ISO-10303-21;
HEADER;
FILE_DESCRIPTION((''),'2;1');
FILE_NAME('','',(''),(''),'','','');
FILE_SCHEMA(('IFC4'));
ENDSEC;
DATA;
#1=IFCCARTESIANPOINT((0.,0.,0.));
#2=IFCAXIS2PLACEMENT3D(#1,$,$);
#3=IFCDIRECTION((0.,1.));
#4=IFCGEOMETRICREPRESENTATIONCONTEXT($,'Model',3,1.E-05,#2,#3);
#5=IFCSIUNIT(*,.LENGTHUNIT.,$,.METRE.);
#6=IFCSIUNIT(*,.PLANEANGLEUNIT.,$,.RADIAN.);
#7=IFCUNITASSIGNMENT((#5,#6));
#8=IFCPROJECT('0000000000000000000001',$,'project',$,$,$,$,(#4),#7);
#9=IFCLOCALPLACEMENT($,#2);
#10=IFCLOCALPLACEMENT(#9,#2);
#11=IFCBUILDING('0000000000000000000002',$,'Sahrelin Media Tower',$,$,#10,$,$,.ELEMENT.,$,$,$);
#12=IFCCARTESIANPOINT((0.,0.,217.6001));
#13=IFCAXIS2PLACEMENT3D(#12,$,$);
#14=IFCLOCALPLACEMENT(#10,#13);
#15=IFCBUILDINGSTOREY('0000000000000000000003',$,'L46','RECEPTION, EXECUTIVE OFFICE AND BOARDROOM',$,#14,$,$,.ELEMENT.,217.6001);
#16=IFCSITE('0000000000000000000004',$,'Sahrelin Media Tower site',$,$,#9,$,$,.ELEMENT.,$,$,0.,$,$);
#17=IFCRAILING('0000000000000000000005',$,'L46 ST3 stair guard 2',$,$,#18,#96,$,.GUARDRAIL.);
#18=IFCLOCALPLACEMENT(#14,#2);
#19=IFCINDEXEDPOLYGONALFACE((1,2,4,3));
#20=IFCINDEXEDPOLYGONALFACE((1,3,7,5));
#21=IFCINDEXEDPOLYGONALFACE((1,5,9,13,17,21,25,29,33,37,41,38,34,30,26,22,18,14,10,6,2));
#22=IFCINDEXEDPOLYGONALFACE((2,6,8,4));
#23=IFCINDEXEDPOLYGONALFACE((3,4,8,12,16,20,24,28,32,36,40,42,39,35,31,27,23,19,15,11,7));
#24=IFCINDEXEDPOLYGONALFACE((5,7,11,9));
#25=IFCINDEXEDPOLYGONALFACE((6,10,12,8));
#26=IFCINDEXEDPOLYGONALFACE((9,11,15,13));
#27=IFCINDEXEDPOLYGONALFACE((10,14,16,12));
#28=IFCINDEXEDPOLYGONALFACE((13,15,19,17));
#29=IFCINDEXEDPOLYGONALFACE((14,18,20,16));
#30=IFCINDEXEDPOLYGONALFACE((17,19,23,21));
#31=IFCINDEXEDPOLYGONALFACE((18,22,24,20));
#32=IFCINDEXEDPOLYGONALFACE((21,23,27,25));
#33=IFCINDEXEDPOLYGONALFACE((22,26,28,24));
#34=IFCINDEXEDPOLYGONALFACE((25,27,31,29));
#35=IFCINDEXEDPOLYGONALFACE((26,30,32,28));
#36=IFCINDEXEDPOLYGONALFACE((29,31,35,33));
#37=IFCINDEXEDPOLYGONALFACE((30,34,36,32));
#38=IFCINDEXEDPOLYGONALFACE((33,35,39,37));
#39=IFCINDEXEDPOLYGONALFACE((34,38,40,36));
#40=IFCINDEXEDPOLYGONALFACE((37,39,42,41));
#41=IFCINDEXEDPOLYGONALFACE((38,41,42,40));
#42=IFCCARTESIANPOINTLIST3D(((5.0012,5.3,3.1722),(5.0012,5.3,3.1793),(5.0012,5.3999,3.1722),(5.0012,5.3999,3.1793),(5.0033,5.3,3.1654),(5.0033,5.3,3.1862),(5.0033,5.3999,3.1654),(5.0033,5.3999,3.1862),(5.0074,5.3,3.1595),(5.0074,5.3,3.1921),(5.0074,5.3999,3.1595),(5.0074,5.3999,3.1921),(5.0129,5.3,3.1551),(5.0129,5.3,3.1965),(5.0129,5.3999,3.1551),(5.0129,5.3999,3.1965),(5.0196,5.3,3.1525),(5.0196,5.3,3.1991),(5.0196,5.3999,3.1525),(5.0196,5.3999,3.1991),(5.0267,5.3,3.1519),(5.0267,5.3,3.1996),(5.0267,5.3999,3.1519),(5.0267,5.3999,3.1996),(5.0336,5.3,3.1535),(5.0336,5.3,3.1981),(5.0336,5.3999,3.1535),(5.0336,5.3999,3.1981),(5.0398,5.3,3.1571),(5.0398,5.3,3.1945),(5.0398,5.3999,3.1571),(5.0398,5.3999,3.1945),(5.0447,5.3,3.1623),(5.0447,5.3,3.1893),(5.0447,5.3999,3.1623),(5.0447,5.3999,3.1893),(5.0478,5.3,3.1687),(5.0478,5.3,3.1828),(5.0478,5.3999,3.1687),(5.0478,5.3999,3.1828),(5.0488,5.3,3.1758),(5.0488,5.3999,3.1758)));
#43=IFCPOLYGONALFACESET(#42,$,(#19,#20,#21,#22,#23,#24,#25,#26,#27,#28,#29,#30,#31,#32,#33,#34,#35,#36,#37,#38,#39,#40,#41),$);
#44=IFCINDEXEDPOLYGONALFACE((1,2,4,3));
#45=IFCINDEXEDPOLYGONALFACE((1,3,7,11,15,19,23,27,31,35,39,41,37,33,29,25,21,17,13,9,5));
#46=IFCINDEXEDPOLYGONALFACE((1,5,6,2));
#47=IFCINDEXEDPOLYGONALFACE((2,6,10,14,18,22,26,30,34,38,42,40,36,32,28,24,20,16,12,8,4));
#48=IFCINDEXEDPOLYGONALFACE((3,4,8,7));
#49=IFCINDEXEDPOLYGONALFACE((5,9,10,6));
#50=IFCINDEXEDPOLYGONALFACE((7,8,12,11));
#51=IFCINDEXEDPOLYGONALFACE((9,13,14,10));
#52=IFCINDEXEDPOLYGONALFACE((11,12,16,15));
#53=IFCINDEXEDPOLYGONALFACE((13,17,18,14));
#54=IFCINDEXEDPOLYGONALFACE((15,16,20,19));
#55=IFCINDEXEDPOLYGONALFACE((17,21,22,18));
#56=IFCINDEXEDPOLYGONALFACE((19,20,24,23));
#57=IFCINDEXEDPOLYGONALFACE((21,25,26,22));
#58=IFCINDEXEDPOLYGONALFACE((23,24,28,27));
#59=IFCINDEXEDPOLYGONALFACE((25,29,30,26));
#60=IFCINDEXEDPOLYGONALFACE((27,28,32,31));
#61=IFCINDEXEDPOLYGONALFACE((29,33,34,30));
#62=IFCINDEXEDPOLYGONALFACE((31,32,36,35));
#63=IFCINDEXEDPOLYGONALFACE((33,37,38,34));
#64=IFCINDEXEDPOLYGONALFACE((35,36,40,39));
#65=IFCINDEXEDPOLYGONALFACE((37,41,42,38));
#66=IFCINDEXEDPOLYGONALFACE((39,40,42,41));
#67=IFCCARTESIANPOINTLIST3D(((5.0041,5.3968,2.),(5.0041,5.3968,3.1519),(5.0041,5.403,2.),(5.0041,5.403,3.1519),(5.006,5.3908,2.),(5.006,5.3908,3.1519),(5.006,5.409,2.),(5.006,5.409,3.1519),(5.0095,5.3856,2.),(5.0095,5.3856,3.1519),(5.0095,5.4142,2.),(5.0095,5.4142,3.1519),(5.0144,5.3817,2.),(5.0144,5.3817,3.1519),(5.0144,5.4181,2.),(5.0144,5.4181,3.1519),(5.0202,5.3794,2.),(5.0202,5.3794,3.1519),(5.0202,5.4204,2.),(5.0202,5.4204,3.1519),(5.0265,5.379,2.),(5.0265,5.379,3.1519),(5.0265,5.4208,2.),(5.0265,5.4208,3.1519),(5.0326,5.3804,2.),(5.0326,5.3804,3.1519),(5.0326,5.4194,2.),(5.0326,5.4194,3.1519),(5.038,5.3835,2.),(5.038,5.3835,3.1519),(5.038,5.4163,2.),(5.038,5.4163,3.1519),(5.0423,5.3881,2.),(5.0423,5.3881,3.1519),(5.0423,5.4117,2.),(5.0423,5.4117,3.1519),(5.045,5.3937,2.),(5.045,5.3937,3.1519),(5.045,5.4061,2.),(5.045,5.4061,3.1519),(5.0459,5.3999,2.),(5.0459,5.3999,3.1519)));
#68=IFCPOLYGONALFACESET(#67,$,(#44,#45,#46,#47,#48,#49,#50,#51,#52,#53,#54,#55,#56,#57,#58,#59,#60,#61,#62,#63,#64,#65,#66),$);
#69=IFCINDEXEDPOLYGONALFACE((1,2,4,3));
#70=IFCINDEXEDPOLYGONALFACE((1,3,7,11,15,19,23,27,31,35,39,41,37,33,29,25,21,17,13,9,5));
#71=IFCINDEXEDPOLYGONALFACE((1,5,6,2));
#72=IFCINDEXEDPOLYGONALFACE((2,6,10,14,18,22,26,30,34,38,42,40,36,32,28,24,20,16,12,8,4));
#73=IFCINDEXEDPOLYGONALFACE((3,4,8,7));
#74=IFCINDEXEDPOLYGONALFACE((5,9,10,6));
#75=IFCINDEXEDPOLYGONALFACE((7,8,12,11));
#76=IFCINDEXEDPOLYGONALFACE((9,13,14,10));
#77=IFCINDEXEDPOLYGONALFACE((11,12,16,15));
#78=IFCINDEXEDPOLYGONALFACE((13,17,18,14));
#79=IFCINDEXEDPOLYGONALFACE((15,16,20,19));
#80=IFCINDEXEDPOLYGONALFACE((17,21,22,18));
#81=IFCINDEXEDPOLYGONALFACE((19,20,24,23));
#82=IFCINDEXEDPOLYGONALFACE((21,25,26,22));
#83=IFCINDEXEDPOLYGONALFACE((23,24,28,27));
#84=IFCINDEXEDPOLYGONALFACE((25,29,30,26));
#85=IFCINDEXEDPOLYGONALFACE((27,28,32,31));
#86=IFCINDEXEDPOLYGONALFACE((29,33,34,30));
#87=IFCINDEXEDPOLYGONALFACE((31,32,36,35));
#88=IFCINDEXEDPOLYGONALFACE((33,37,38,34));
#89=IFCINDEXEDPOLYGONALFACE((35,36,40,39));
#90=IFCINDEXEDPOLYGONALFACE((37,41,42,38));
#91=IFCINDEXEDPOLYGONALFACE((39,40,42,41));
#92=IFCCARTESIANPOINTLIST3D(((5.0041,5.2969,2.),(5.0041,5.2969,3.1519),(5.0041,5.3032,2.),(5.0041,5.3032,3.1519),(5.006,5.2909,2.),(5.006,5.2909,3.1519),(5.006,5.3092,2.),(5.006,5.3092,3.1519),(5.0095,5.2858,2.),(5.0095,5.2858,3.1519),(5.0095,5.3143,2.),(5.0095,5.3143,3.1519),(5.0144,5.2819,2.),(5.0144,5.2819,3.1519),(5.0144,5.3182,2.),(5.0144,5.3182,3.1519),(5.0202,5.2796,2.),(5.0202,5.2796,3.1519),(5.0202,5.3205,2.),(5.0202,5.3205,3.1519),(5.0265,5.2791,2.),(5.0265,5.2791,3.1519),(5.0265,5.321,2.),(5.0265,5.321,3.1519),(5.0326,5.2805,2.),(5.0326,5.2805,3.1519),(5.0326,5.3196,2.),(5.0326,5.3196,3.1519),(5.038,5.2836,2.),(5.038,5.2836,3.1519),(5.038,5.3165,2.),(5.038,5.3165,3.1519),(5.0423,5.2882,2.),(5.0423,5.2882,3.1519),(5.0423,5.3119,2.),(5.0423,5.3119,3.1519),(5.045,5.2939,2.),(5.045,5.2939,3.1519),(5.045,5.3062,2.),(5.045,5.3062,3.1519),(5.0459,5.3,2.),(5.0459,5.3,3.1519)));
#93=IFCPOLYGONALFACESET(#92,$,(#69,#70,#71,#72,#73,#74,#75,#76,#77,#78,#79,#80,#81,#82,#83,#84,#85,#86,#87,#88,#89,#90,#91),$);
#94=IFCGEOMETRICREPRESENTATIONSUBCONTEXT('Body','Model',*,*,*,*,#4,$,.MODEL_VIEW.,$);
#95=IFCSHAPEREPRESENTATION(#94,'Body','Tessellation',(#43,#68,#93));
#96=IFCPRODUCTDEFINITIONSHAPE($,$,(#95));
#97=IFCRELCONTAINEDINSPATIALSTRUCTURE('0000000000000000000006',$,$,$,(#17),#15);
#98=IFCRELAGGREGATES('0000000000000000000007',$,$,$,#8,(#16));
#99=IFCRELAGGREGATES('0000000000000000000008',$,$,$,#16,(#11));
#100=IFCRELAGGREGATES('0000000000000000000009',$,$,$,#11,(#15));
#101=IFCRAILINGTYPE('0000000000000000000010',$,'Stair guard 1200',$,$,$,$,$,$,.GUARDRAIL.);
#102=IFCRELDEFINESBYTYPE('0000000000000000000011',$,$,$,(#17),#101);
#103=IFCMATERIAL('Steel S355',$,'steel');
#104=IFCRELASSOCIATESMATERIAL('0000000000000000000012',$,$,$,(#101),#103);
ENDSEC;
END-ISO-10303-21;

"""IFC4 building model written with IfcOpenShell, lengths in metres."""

from ifc_helpers import new_model, si_unit, direction, frame, origin, origin_2d, place, context, subcontext, project, spatial, circle, extrude, material, type_object, element, save


model = new_model("IFC4")

# Units and contexts
model_context = context("Model", 3, precision=1e-05, world=origin(), true_north=direction((0.0, 1.0)))
body_context = subcontext(model_context, "Body", "Model", "MODEL_VIEW")
ifc_project = project(units=[si_unit("LENGTHUNIT", "METRE"), si_unit("PLANEANGLEUNIT", "RADIAN")], contexts=[model_context])

# Site, building, storey
site_placement = place(None, origin())
site = spatial("IfcSite", under=ifc_project, at=site_placement, Name="Sahrelin Media Tower site", CompositionType="ELEMENT", RefElevation=0.0)
building_placement = place(site_placement, origin())
building = spatial("IfcBuilding", under=site, at=building_placement, Name="Sahrelin Media Tower", CompositionType="ELEMENT")
storey_placement = place(building_placement, frame((0.0, 0.0, 217.6001)))
storey = spatial("IfcBuildingStorey", under=building, at=storey_placement, Name="L46", Description="RECEPTION, EXECUTIVE OFFICE AND BOARDROOM", CompositionType="ELEMENT", Elevation=217.6001)

# Shared definitions
ifc_material_1 = material(Name="Steel S355", Category="steel")

# Railing
railing_type_1 = type_object("IfcRailingType", Name="Stair guard 1200", PredefinedType="GUARDRAIL", material=ifc_material_1)
railing_1_placement = place(storey_placement, frame((5.0249, 5.3999, 2.0)))
element("IfcRailing", 1, at=railing_1_placement, inside=storey, type_object=railing_type_1, Name="L46 ST3 stair guard 2", PredefinedType="GUARDRAIL", context=body_context, shape_type="SweptSolid", body=[
    extrude(circle(Radius=0.0239, at=origin_2d()), frame((0.0, 0.0, 1.1758), z_axis=(0.0, -1.0, 0.0), x_axis=(1.0, 0.0, 0.0)), (0.0, 0.0, 1.0), 0.0999),
    extrude(circle(Radius=0.021, at=origin_2d()), origin(), (0.0, 0.0, 1.0), 1.1519),
    extrude(circle(Radius=0.021, at=origin_2d()), frame((0.0, -0.0999, 0.0)), (0.0, 0.0, 1.0), 1.1519),
])

save(model, "model.ifc")
